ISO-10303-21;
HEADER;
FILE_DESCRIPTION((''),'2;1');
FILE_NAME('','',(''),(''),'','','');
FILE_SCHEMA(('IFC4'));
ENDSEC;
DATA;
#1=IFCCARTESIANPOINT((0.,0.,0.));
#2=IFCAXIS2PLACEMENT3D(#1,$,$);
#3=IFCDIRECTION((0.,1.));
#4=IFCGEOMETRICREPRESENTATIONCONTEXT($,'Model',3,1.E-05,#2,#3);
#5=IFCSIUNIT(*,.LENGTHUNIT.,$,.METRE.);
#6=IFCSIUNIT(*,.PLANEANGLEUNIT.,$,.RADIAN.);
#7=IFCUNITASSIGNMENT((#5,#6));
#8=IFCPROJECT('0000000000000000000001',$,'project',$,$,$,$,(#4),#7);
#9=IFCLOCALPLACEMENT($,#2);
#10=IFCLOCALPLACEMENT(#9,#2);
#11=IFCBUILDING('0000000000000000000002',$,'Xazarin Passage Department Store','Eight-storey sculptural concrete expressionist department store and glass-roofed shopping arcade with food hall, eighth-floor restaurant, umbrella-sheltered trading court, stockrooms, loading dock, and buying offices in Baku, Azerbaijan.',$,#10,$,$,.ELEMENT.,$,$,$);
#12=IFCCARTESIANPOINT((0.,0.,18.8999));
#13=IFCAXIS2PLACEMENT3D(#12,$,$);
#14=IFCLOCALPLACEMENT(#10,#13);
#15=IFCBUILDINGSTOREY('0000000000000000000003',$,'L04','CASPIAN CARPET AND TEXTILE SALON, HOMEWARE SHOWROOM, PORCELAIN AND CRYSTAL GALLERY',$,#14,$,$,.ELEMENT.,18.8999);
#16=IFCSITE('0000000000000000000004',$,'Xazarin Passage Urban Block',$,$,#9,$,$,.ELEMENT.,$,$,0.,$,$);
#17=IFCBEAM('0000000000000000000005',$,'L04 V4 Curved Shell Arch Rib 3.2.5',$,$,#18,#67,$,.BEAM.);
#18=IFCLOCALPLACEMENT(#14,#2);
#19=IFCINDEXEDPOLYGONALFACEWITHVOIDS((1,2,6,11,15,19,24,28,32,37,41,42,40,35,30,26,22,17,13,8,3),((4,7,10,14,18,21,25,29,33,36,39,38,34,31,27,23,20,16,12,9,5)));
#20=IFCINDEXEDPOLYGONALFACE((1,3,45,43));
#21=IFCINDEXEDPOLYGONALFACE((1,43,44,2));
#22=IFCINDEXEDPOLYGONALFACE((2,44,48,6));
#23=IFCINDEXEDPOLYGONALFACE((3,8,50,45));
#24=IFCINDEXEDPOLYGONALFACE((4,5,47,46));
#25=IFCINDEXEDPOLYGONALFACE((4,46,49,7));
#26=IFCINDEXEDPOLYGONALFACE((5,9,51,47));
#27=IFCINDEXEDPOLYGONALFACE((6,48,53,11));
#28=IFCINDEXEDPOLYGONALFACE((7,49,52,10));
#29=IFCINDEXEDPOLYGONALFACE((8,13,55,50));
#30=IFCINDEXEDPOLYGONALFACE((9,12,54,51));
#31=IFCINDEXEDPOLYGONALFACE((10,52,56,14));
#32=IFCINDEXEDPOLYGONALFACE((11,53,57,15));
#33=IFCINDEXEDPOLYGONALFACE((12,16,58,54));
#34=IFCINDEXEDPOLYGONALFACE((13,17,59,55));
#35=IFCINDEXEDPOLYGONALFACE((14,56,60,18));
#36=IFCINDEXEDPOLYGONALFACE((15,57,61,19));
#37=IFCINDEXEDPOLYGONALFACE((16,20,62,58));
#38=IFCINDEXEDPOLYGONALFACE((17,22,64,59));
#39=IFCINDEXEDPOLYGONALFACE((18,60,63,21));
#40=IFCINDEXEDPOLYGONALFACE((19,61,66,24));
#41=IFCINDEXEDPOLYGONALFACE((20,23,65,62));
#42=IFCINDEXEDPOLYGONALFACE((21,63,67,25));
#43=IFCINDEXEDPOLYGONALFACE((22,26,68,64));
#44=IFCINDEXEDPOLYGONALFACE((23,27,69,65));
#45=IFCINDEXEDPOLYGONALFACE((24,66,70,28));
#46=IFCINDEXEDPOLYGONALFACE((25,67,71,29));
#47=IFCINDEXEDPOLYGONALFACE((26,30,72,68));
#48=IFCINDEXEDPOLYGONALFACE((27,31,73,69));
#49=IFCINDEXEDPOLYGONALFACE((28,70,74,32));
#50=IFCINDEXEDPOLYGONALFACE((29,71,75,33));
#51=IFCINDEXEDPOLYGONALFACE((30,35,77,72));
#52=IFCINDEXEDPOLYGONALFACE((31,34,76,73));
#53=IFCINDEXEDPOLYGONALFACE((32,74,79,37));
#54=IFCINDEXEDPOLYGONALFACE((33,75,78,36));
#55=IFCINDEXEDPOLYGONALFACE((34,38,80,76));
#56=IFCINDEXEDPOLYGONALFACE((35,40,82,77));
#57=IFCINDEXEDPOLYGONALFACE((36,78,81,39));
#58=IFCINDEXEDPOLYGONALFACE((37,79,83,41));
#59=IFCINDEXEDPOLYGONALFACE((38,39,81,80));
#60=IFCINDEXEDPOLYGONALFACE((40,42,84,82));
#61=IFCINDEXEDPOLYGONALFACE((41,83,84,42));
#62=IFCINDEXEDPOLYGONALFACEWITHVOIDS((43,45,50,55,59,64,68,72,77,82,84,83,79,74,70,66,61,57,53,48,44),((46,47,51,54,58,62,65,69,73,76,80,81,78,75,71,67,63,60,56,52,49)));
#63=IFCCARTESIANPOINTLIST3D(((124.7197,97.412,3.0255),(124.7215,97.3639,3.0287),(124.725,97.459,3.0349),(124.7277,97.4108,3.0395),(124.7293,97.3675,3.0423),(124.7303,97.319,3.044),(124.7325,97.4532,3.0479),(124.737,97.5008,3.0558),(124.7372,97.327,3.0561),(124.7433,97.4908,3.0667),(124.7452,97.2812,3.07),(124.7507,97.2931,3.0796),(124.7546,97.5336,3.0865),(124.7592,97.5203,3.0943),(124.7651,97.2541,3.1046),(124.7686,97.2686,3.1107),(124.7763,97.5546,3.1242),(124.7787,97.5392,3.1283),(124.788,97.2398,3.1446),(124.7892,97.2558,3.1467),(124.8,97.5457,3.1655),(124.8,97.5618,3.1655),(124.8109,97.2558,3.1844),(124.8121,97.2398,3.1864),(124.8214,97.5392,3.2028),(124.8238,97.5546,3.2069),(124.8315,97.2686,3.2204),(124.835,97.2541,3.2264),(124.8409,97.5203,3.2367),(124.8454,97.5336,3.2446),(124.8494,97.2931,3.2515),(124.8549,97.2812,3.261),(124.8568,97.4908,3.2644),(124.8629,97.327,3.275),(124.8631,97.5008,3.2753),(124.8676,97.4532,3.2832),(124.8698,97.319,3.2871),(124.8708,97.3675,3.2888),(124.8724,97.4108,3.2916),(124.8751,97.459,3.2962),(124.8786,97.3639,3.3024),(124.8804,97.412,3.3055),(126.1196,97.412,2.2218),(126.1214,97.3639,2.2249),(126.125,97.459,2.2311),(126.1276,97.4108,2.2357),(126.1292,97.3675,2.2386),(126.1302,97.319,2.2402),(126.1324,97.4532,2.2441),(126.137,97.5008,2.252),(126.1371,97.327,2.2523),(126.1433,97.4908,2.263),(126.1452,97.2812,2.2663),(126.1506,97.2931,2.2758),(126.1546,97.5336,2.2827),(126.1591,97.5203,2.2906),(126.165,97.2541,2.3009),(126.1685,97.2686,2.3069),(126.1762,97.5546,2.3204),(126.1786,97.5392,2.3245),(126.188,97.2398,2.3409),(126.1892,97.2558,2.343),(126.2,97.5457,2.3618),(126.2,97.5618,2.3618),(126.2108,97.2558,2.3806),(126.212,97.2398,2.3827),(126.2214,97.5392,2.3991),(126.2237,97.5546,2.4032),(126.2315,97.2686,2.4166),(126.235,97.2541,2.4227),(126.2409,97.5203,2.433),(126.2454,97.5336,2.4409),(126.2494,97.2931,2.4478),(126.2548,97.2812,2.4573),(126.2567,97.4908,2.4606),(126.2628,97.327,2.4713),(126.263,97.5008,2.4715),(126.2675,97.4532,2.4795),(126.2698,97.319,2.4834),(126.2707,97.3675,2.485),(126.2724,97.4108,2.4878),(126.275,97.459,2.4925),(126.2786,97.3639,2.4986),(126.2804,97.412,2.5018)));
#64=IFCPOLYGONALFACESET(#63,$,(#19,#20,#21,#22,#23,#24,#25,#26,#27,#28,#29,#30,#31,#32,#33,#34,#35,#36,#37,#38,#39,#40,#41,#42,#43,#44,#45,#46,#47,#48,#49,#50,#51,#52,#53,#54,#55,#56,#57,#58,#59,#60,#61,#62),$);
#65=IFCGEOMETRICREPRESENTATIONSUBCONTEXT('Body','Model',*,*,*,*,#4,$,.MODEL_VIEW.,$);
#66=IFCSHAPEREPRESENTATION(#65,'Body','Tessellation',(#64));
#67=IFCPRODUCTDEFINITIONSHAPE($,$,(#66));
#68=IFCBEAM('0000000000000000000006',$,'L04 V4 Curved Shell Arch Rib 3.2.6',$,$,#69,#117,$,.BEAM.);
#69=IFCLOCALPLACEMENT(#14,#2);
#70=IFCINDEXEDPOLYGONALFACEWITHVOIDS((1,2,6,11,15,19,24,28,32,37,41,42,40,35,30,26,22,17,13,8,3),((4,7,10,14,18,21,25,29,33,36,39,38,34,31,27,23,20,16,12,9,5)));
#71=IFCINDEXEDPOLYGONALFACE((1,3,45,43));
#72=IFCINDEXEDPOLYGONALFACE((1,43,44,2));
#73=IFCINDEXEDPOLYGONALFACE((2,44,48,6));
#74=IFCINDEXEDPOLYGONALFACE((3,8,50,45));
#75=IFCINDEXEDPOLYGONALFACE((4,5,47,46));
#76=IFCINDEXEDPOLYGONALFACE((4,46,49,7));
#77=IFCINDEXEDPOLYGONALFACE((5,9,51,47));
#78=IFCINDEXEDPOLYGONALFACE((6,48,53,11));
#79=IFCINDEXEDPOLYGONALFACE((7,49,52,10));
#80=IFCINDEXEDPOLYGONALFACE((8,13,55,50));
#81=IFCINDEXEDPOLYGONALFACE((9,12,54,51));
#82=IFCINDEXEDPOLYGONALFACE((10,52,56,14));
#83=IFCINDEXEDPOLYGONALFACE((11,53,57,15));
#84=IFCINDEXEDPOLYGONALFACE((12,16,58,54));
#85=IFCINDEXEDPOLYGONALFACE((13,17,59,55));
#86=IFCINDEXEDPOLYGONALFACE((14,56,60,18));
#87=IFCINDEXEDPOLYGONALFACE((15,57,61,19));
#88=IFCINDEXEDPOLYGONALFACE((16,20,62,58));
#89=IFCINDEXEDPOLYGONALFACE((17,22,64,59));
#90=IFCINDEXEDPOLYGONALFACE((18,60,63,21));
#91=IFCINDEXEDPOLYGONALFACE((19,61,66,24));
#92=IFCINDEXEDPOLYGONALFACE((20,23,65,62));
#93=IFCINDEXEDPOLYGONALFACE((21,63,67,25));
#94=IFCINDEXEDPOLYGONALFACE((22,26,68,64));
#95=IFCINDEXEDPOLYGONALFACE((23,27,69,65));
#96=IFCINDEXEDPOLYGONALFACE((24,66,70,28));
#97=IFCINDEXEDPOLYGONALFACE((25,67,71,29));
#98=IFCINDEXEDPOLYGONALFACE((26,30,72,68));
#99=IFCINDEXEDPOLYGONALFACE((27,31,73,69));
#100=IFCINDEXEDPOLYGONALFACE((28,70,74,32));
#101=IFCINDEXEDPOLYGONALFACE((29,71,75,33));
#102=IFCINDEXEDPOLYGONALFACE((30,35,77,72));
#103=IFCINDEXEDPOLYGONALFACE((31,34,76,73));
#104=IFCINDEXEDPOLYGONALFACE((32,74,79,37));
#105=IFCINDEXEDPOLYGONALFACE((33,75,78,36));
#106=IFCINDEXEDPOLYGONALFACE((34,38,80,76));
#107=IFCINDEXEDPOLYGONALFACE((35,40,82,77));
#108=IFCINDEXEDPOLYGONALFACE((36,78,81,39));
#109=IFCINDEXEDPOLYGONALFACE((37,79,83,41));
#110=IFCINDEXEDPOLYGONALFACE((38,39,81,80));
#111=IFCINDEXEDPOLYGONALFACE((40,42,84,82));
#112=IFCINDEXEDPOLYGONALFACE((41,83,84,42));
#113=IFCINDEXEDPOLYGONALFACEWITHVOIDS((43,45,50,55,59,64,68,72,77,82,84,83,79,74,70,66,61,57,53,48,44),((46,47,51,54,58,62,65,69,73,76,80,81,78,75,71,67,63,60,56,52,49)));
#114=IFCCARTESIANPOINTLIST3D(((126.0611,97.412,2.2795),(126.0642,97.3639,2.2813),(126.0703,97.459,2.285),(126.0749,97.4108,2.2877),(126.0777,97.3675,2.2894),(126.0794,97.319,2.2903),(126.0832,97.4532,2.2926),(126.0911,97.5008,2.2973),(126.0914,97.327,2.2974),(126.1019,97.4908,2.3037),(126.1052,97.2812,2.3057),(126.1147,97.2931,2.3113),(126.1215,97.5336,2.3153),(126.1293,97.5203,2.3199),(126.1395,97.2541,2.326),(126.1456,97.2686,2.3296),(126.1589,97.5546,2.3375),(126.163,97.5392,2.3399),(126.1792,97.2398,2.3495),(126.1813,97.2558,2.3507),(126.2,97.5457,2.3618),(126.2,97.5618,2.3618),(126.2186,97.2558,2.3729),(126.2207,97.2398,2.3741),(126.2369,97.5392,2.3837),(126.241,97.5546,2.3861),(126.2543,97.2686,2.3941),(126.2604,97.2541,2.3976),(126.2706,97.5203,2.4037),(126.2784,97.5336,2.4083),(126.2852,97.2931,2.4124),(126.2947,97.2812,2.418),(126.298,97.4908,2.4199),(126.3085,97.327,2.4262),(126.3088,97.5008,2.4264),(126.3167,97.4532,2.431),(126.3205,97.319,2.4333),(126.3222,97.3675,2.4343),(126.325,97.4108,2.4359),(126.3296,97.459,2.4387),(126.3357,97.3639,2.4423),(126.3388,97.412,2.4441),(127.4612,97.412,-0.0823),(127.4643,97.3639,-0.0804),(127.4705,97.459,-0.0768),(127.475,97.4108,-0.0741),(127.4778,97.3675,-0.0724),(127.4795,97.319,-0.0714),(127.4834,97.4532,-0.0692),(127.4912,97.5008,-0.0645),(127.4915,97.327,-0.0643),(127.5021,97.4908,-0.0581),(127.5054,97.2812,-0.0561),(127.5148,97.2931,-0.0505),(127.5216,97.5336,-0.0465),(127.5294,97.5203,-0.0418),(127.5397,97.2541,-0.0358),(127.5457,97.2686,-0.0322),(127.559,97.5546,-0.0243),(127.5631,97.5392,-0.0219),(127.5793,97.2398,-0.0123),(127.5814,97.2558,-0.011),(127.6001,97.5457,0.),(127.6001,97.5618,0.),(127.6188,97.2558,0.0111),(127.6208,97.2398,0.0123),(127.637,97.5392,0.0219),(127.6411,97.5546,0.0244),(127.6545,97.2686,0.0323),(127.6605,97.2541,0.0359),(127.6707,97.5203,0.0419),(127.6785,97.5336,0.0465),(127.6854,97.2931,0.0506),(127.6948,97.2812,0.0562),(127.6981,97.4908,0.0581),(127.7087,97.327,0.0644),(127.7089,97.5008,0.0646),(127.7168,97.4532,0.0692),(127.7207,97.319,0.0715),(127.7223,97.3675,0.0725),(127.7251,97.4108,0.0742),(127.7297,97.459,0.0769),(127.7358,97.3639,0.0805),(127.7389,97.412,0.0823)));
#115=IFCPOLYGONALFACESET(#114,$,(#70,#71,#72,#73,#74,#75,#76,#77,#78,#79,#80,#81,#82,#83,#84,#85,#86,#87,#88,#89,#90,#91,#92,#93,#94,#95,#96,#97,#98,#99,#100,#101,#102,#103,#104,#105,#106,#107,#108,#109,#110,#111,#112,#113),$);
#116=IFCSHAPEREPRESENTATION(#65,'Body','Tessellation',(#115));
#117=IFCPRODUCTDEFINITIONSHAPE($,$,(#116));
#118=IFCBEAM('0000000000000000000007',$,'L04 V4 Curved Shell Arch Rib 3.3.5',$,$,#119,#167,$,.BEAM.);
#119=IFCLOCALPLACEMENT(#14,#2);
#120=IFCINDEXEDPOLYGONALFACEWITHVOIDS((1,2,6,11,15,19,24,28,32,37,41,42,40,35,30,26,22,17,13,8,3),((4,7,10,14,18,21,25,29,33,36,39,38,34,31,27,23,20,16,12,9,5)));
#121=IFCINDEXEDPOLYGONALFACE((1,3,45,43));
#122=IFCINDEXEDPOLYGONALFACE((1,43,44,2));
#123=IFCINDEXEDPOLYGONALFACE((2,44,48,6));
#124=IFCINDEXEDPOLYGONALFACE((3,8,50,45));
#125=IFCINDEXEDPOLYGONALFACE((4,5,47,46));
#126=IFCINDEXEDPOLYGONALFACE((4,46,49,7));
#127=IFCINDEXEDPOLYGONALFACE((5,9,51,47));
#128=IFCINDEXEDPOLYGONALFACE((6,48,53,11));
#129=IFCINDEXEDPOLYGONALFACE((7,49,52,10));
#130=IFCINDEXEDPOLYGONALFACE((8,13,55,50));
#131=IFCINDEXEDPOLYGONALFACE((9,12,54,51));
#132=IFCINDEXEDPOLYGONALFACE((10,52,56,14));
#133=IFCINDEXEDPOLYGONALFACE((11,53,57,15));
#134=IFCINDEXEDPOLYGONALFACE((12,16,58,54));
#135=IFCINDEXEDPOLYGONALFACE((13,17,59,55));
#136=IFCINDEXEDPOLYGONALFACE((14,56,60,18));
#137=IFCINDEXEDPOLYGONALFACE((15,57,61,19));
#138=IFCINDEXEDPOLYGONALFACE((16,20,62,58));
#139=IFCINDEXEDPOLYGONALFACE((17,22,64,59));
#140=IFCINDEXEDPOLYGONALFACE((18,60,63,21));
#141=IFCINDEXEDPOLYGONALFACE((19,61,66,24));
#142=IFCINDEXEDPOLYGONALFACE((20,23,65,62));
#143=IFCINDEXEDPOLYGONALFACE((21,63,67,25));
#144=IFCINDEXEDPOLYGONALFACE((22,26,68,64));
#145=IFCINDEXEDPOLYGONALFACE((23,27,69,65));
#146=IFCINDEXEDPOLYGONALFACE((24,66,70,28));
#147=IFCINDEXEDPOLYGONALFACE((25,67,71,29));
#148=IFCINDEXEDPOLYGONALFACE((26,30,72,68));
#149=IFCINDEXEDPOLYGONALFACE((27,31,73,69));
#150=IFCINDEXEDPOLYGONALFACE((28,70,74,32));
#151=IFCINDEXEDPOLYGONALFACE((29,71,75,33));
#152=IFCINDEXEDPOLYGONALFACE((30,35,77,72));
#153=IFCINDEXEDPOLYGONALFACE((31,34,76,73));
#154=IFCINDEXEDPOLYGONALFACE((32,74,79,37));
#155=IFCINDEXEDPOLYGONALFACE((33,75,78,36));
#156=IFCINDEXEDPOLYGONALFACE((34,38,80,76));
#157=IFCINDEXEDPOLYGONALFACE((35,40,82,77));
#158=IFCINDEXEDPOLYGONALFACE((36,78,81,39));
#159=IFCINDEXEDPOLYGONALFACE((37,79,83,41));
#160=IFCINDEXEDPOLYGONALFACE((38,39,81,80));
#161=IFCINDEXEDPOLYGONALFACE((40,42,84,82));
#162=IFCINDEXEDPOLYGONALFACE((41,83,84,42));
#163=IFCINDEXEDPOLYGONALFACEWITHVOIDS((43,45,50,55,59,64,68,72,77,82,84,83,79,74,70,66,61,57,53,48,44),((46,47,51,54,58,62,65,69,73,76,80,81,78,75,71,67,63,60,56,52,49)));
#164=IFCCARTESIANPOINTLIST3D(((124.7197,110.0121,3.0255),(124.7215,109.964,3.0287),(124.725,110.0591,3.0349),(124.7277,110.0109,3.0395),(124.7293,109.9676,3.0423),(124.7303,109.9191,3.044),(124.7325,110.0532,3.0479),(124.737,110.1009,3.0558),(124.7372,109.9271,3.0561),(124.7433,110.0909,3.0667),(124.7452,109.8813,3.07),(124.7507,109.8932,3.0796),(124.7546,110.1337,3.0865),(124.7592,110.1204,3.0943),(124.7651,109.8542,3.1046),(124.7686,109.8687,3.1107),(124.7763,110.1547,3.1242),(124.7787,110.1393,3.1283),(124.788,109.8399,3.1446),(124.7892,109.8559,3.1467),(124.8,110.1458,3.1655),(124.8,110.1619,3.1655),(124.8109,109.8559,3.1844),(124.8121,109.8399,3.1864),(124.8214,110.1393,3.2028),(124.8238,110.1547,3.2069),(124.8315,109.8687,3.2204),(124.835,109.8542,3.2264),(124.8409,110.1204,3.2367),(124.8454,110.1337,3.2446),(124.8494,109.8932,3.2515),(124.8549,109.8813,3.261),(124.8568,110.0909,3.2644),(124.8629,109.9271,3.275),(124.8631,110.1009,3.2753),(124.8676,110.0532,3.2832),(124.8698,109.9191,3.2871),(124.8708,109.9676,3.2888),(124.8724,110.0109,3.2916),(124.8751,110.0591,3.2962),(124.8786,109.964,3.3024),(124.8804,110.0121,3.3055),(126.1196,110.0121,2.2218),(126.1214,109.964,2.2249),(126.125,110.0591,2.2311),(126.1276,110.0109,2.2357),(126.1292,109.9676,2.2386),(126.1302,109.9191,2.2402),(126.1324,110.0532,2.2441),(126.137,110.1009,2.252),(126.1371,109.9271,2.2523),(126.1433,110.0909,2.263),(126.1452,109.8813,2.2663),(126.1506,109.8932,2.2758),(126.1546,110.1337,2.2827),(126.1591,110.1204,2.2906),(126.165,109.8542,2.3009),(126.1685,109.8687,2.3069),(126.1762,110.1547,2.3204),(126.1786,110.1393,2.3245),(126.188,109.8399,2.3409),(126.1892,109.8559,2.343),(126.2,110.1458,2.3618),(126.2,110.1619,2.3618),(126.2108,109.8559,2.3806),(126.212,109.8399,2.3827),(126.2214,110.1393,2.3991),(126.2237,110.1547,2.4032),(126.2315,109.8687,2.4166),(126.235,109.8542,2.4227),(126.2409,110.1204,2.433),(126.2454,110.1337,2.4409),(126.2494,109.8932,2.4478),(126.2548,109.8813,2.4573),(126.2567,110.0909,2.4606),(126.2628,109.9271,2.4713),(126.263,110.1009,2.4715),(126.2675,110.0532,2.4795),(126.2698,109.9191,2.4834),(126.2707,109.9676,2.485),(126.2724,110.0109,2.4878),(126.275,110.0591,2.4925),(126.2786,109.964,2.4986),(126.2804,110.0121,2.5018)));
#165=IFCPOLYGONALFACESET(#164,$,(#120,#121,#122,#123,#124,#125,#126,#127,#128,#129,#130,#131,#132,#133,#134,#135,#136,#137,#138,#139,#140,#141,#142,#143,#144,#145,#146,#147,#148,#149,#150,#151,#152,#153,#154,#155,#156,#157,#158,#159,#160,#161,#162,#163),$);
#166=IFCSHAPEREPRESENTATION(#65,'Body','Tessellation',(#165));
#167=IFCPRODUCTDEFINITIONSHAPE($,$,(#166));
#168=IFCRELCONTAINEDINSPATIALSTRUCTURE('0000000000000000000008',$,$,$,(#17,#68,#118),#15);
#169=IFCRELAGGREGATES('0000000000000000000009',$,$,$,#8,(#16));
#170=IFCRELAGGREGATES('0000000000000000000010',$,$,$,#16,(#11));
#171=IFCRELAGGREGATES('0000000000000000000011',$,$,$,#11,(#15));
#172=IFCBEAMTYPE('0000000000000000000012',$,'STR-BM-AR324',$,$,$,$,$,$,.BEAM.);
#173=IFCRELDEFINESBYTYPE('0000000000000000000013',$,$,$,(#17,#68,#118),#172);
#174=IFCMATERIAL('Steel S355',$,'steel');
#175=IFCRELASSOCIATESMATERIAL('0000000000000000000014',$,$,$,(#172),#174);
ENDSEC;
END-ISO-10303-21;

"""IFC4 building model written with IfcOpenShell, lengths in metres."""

from ifc_helpers import new_model, si_unit, direction, frame, origin, origin_2d, place, context, subcontext, project, spatial, hollow_circle, extrude, material, material_profile, profile_set, type_object, element, save


model = new_model("IFC4")

# Units and contexts
model_context = context("Model", 3, precision=1e-05, world=origin(), true_north=direction((0.0, 1.0)))
body_context = subcontext(model_context, "Body", "Model", "MODEL_VIEW")
ifc_project = project(units=[si_unit("LENGTHUNIT", "METRE"), si_unit("PLANEANGLEUNIT", "RADIAN")], contexts=[model_context])

# Site, building, storey
site_placement = place(None, origin())
site = spatial("IfcSite", under=ifc_project, at=site_placement, Name="Xazarin Passage Urban Block", CompositionType="ELEMENT", RefElevation=0.0)
building_placement = place(site_placement, origin())
building = spatial("IfcBuilding", under=site, at=building_placement, Name="Xazarin Passage Department Store", Description="Eight-storey sculptural concrete expressionist department store and glass-roofed shopping arcade with food hall, eighth-floor restaurant, umbrella-sheltered trading court, stockrooms, loading dock, and buying offices in Baku, Azerbaijan.", CompositionType="ELEMENT")
storey_placement = place(building_placement, frame((0.0, 0.0, 18.8999)))
storey = spatial("IfcBuildingStorey", under=building, at=storey_placement, Name="L04", Description="CASPIAN CARPET AND TEXTILE SALON, HOMEWARE SHOWROOM, PORCELAIN AND CRYSTAL GALLERY", CompositionType="ELEMENT", Elevation=18.8999)

# Beams
ifc_material_1 = material(Name="Steel S355", Category="steel")
ifc_material_profile_1 = material_profile(ifc_material_1, hollow_circle(Radius=0.1619, WallThickness=0.0161, at=origin_2d()), Name="CHS 323.9x16")
ifc_profile_set_1 = profile_set([ifc_material_profile_1], Name="Steel S355")
beam_type_1 = type_object("IfcBeamType", Name="STR-BM-AR324", PredefinedType="BEAM", material=ifc_profile_set_1)
beam_1_placement = place(storey_placement, frame((124.8, 97.3999, 3.1655), z_axis=(0.867236, 0.0, -0.497897), x_axis=(0.0, 1.0, 0.0)))
element("IfcBeam", 1, at=beam_1_placement, inside=storey, type_object=beam_type_1, Name="L04 V4 Curved Shell Arch Rib 3.2.5", PredefinedType="BEAM", context=body_context, shape_type="SweptSolid", body=[
    extrude(hollow_circle(Radius=0.1619, WallThickness=0.0161, at=origin_2d()), origin(), (0.0, 0.0, 1.0), 1.6143),
])
beam_2_placement = place(storey_placement, frame((126.2, 97.3999, 2.3618), z_axis=(0.509951, 0.0, -0.860203), x_axis=(0.0, 1.0, 0.0)))
element("IfcBeam", 2, at=beam_2_placement, inside=storey, type_object=beam_type_1, Name="L04 V4 Curved Shell Arch Rib 3.2.6", PredefinedType="BEAM", context=body_context, shape_type="SweptSolid", body=[
    extrude(hollow_circle(Radius=0.1619, WallThickness=0.0161, at=origin_2d()), origin(), (0.0, 0.0, 1.0), 2.7456),
])
beam_3_placement = place(storey_placement, frame((124.8, 110.0, 3.1655), z_axis=(0.867236, 0.0, -0.497897), x_axis=(0.0, 1.0, 0.0)))
element("IfcBeam", 3, at=beam_3_placement, inside=storey, type_object=beam_type_1, Name="L04 V4 Curved Shell Arch Rib 3.3.5", PredefinedType="BEAM", context=body_context, shape_type="SweptSolid", body=[
    extrude(hollow_circle(Radius=0.1619, WallThickness=0.0161, at=origin_2d()), origin(), (0.0, 0.0, 1.0), 1.6143),
])

save(model, "model.ifc")
